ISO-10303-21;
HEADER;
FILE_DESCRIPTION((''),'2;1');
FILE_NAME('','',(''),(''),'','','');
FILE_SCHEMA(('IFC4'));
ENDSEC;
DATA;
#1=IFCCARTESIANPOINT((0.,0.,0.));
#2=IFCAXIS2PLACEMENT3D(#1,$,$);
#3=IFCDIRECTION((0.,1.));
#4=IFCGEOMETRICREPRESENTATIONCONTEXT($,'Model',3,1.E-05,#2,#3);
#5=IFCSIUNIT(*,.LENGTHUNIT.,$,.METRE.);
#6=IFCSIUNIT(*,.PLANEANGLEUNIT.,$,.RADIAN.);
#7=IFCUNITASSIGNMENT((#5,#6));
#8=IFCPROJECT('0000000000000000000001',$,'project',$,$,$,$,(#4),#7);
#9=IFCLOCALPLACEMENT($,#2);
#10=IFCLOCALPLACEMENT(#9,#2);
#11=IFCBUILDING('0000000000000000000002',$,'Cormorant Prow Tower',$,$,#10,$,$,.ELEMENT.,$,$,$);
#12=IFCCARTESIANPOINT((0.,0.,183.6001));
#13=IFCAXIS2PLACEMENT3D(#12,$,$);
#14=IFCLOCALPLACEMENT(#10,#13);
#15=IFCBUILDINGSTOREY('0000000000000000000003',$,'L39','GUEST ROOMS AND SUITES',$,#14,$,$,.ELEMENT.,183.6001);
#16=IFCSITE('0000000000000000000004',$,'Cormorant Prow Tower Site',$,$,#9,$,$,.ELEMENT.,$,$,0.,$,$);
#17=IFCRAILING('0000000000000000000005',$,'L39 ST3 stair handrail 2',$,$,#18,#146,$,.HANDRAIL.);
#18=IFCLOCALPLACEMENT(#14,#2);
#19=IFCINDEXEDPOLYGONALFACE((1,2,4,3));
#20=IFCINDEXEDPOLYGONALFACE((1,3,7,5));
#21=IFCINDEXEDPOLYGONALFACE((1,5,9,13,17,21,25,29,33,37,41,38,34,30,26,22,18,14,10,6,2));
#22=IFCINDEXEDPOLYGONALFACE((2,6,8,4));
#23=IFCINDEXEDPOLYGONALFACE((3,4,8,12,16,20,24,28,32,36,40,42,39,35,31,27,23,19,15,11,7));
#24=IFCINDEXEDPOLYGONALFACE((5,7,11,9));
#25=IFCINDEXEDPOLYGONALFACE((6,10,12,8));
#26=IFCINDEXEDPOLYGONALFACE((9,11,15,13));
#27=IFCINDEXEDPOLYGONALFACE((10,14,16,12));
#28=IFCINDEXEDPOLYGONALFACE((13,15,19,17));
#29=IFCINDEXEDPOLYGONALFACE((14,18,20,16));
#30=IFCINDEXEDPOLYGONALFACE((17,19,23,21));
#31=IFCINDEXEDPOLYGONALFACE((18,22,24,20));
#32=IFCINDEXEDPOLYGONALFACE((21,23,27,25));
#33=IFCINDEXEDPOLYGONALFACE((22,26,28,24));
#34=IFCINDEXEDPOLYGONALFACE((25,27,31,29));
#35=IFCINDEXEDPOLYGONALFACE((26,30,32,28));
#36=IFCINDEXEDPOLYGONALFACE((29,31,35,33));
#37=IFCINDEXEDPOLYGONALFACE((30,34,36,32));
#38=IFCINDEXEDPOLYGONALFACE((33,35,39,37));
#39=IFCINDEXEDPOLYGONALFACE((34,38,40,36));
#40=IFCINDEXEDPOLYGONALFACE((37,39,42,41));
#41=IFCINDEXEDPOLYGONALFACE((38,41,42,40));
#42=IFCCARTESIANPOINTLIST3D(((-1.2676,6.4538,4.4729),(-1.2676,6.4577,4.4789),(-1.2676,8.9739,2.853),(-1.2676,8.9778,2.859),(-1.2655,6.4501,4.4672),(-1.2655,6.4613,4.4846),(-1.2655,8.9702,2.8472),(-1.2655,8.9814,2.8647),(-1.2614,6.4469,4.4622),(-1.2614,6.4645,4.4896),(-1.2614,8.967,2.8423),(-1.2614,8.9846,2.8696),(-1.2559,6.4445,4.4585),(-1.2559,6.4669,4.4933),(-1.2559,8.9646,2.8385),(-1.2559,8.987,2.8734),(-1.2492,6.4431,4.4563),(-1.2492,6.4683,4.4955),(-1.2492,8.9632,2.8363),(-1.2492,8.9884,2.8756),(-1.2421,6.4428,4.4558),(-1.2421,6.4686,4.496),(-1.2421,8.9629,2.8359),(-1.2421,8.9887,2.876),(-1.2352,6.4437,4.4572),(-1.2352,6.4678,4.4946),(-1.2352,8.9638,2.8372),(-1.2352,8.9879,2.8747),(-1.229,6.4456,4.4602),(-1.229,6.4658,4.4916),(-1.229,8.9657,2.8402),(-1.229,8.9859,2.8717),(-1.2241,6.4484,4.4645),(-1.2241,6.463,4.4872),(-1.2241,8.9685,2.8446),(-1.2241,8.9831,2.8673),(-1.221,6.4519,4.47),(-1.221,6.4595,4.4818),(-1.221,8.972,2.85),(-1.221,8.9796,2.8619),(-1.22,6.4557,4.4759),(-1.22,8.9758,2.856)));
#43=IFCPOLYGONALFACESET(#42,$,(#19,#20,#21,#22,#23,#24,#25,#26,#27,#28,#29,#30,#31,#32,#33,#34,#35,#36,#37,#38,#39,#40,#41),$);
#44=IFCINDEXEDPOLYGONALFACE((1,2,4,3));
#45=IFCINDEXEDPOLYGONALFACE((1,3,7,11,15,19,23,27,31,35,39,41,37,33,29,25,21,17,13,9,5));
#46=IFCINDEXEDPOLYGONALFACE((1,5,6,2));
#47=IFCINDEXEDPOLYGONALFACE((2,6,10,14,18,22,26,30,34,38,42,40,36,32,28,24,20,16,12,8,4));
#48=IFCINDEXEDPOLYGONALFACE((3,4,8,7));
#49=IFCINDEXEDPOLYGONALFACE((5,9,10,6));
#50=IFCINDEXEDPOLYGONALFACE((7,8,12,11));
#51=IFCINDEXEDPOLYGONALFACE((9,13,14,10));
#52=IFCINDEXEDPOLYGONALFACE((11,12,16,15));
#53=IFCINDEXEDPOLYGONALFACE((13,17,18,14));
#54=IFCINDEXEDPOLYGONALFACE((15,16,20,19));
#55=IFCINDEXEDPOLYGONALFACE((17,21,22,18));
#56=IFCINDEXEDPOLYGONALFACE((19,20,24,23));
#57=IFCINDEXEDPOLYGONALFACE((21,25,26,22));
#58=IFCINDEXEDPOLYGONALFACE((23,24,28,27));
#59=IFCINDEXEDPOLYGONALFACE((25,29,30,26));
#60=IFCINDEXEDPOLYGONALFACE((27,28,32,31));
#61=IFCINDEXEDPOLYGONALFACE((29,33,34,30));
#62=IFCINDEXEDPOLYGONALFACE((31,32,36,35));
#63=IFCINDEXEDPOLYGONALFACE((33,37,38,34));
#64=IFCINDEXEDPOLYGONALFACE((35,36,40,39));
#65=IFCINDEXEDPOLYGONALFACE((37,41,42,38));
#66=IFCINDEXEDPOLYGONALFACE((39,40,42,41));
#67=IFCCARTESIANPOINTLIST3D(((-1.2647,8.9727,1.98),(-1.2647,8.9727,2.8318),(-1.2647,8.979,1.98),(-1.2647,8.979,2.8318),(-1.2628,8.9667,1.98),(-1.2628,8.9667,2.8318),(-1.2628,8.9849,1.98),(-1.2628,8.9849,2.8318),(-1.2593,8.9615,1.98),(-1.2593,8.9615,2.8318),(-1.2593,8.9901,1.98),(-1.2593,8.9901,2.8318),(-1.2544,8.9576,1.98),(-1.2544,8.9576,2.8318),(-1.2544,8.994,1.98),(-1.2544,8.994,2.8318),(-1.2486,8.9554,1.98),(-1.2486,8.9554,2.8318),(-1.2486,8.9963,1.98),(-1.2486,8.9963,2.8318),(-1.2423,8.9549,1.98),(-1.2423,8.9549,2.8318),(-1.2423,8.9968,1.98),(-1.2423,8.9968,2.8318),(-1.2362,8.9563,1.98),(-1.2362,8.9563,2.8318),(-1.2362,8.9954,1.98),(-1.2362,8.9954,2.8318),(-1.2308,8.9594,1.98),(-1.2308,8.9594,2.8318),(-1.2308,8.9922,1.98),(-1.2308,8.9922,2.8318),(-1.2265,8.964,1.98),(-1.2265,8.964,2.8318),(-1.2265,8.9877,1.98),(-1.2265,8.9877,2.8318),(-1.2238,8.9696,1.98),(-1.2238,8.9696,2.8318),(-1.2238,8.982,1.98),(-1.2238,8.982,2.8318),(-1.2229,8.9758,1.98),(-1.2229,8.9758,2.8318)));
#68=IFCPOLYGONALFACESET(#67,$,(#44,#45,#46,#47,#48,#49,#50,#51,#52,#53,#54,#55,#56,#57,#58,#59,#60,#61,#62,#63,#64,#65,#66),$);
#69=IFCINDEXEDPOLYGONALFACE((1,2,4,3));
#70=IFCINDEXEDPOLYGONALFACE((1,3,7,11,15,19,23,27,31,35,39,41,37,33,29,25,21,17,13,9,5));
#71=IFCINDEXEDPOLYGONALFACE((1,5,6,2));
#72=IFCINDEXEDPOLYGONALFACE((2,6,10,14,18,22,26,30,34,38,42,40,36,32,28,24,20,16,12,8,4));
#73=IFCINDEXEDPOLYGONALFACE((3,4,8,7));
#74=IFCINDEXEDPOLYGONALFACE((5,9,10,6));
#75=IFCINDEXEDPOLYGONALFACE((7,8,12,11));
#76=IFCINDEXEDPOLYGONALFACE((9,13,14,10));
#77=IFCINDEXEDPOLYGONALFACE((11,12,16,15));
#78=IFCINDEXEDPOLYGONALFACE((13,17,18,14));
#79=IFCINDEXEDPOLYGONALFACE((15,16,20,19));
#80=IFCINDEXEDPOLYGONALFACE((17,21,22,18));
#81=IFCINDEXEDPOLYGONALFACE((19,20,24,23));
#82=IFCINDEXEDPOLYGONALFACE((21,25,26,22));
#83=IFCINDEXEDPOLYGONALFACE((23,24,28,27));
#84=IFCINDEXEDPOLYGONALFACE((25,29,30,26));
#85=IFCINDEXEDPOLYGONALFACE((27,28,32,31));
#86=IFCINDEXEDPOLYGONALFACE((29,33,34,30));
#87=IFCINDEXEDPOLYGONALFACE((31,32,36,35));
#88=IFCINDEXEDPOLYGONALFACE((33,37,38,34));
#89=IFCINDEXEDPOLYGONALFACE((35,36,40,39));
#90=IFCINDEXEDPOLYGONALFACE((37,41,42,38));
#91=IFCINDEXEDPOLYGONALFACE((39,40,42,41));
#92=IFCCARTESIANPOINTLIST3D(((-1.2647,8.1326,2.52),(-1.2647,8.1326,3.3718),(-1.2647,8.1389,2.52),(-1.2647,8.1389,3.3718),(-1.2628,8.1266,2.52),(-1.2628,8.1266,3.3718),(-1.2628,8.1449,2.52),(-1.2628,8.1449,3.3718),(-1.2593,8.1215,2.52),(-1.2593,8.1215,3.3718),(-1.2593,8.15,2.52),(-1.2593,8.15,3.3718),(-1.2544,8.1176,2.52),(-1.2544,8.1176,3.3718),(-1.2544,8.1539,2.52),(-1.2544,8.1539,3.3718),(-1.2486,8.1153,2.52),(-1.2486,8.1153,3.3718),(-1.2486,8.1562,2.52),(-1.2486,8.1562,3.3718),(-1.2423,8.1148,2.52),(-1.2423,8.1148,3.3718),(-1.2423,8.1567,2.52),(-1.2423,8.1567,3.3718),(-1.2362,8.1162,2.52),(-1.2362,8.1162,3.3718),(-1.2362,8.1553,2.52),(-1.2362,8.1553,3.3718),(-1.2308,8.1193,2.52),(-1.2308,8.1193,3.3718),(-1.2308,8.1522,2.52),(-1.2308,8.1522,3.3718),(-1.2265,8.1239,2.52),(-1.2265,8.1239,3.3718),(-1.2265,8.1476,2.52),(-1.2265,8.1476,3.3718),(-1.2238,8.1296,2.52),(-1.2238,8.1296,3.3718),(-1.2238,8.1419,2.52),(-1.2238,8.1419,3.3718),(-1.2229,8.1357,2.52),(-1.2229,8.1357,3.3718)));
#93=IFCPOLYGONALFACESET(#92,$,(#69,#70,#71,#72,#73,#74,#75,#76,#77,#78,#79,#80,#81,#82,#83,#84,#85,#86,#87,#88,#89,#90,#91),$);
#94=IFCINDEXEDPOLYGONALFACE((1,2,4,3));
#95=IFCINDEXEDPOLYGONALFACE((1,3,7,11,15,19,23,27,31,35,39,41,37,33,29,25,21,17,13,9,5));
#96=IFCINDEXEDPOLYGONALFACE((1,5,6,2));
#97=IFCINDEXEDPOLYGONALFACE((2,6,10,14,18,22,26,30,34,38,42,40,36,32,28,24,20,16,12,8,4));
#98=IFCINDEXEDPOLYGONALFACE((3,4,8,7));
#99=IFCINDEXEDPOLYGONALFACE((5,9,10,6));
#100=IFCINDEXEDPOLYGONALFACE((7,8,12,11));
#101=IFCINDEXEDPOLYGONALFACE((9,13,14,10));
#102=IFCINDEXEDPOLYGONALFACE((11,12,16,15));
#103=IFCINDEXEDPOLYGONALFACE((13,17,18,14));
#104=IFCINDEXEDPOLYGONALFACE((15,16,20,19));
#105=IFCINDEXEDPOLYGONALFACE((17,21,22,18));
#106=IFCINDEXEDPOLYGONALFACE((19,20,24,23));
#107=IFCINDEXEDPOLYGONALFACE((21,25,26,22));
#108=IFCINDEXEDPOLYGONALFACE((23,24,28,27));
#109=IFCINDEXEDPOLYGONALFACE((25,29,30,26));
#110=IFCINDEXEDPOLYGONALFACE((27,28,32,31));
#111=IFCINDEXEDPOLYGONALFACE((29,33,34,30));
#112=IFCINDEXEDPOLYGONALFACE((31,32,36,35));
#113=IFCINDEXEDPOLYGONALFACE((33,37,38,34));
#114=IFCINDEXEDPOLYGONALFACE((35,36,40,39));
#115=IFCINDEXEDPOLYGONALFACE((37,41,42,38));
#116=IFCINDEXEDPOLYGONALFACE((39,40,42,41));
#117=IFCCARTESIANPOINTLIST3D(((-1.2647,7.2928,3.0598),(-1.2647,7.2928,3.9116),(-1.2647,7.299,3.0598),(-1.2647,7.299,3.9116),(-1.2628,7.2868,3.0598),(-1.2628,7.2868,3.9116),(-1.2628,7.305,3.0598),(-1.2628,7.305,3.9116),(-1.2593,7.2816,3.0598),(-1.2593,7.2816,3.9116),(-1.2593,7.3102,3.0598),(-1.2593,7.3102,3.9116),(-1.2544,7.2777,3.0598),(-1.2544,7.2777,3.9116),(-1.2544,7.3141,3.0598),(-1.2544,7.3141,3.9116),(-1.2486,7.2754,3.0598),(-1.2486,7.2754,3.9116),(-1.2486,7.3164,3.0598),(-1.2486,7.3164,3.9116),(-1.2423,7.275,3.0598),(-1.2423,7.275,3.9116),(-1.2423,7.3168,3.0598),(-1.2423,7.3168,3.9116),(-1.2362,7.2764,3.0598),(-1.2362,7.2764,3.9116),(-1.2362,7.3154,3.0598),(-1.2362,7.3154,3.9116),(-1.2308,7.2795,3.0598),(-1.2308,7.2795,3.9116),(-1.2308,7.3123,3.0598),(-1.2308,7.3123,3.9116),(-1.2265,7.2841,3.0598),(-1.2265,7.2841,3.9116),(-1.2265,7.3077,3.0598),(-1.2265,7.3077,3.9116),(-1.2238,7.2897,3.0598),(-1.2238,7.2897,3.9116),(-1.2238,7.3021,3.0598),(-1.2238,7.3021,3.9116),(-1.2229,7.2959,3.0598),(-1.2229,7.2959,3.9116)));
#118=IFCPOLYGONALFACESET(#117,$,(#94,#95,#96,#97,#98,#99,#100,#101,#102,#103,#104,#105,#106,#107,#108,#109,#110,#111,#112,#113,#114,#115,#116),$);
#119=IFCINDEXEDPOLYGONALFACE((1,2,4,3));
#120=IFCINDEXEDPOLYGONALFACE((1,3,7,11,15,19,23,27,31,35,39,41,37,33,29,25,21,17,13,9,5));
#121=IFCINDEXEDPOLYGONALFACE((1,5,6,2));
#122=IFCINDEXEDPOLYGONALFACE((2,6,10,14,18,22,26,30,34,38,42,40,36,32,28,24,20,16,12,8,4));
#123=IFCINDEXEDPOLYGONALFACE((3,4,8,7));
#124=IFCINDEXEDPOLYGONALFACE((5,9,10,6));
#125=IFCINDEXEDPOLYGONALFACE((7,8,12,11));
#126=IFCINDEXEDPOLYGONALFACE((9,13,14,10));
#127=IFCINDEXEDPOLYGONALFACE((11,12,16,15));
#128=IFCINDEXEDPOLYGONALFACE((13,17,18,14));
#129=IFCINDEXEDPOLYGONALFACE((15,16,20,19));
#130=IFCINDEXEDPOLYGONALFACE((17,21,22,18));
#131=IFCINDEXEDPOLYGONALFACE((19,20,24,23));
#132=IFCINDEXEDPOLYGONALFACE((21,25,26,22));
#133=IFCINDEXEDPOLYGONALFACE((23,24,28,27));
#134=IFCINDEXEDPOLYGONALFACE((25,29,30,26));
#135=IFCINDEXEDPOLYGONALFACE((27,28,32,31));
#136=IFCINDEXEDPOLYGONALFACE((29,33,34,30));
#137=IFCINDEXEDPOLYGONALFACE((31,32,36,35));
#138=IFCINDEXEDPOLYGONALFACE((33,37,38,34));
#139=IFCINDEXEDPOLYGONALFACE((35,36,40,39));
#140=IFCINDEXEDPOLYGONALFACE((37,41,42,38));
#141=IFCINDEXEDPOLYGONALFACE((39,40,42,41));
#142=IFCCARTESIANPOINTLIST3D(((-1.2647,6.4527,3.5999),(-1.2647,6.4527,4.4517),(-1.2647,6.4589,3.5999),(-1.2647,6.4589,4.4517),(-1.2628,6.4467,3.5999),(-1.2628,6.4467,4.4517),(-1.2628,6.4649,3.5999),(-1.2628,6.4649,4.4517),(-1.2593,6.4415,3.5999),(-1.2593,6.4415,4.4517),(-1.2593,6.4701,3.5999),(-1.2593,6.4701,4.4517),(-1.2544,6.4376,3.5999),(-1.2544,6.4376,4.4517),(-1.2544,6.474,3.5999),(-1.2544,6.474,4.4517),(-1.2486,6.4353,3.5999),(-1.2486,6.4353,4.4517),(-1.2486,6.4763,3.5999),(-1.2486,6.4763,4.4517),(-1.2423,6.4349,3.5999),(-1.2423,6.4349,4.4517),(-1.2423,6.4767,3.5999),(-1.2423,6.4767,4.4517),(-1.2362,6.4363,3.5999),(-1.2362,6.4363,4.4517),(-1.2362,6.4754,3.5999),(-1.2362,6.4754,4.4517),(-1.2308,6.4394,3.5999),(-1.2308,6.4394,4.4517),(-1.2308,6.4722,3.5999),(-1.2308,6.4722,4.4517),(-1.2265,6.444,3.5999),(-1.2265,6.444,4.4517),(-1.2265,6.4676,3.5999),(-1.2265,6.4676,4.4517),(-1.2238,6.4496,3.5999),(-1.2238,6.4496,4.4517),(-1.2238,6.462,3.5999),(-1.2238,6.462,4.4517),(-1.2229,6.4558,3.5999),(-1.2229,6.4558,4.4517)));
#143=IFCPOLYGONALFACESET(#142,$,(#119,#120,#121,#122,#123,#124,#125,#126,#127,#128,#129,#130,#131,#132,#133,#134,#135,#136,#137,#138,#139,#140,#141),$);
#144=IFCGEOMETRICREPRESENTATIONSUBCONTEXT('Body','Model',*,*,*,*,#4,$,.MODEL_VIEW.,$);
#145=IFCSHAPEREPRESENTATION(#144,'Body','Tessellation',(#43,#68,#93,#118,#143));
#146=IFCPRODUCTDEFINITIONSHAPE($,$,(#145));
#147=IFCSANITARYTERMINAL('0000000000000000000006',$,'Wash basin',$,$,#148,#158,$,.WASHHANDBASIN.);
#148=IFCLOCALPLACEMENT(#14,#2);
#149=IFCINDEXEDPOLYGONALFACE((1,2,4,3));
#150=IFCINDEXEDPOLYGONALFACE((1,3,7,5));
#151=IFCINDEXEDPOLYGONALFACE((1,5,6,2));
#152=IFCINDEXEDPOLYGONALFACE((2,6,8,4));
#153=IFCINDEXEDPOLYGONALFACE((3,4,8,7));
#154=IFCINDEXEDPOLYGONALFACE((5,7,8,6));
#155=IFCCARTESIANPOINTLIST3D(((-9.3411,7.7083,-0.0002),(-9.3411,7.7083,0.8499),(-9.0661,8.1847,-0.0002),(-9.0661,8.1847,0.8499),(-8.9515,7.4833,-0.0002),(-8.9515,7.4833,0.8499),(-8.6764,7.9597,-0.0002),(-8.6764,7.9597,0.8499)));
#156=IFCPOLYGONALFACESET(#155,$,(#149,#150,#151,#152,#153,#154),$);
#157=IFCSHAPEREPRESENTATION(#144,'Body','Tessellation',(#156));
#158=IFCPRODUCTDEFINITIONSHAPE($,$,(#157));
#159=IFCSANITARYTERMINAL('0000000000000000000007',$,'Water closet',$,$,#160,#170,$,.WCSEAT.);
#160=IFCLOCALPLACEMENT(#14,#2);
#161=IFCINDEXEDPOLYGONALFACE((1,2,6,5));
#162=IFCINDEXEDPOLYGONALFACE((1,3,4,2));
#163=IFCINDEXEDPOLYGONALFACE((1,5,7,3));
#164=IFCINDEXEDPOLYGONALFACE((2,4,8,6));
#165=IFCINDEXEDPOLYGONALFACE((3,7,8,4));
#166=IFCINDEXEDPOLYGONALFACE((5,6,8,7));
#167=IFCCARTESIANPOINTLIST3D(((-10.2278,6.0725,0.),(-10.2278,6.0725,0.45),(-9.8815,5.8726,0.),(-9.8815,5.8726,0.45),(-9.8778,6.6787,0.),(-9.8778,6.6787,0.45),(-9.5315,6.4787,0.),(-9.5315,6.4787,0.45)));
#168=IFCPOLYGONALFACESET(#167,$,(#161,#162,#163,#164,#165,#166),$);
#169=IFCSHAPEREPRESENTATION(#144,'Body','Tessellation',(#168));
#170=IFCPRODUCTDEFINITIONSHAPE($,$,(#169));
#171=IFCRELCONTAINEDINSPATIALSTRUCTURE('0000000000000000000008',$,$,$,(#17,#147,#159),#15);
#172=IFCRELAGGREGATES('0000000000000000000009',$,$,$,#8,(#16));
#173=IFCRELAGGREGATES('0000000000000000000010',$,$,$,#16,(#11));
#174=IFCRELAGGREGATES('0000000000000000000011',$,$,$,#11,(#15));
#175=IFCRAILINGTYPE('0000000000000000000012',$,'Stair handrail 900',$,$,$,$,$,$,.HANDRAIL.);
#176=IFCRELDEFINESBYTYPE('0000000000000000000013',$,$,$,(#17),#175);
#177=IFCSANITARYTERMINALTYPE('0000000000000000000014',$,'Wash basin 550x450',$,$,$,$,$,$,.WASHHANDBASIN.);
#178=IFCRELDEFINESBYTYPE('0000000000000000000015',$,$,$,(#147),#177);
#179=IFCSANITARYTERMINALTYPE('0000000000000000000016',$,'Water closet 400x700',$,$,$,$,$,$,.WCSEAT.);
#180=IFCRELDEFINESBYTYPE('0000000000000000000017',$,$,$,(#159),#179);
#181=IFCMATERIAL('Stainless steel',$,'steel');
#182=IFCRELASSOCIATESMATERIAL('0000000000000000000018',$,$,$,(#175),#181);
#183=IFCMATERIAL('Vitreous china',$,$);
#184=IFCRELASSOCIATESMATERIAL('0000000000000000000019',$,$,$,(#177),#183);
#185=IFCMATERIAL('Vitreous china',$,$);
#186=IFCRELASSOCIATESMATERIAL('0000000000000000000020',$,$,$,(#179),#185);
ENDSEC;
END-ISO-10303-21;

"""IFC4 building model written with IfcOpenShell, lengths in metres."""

from ifc_helpers import new_model, si_unit, direction, frame, origin, origin_2d, place, context, subcontext, project, spatial, rectangle, circle, extrude, material, type_object, element, save


model = new_model("IFC4")

# Units and contexts
model_context = context("Model", 3, precision=1e-05, world=origin(), true_north=direction((0.0, 1.0)))
body_context = subcontext(model_context, "Body", "Model", "MODEL_VIEW")
ifc_project = project(units=[si_unit("LENGTHUNIT", "METRE"), si_unit("PLANEANGLEUNIT", "RADIAN")], contexts=[model_context])

# Site, building, storey
site_placement = place(None, origin())
site = spatial("IfcSite", under=ifc_project, at=site_placement, Name="Cormorant Prow Tower Site", CompositionType="ELEMENT", RefElevation=0.0)
building_placement = place(site_placement, origin())
building = spatial("IfcBuilding", under=site, at=building_placement, Name="Cormorant Prow Tower", CompositionType="ELEMENT")
storey_placement = place(building_placement, frame((0.0, 0.0, 183.6001)))
storey = spatial("IfcBuildingStorey", under=building, at=storey_placement, Name="L39", Description="GUEST ROOMS AND SUITES", CompositionType="ELEMENT", Elevation=183.6001)

# Railing
ifc_material_1 = material(Name="Stainless steel", Category="steel")
railing_type = type_object("IfcRailingType", Name="Stair handrail 900", PredefinedType="HANDRAIL", material=ifc_material_1)
railing_placement = place(storey_placement, frame((-1.2439, 8.9758, 1.98)))
element("IfcRailing", 1, at=railing_placement, inside=storey, type_object=railing_type, Name="L39 ST3 stair handrail 2", PredefinedType="HANDRAIL", context=body_context, shape_type="SweptSolid", body=[
    extrude(circle(Radius=0.0239, at=origin_2d()), frame((0.0, 0.0, 0.876), z_axis=(0.0, -0.8412, 0.540725), x_axis=(1.0, 0.0, 0.0)), (0.0, 0.0, 1.0), 2.9958),
    extrude(circle(Radius=0.021, at=origin_2d()), origin(), (0.0, 0.0, 1.0), 0.8518),
    extrude(circle(Radius=0.021, at=origin_2d()), frame((0.0, -0.8401, 0.54)), (0.0, 0.0, 1.0), 0.8518),
    extrude(circle(Radius=0.021, at=origin_2d()), frame((0.0, -1.6799, 1.0798)), (0.0, 0.0, 1.0), 0.8518),
    extrude(circle(Radius=0.021, at=origin_2d()), frame((0.0, -2.52, 1.6199)), (0.0, 0.0, 1.0), 0.8518),
])

# Sanitary terminals
ifc_material_2 = material(Name="Vitreous china")
sanitary_terminal_type_1 = type_object("IfcSanitaryTerminalType", Name="Wash basin 550x450", PredefinedType="WASHHANDBASIN", material=ifc_material_2)
sanitary_terminal_1_placement = place(storey_placement, frame((-9.0088, 7.834, -0.0002), z_axis=(0.0, 0.0, 1.0), x_axis=(-0.5, -0.866025, 0.0)))
element("IfcSanitaryTerminal", 2, at=sanitary_terminal_1_placement, inside=storey, type_object=sanitary_terminal_type_1, Name="Wash basin", PredefinedType="WASHHANDBASIN", context=body_context, shape_type="SweptSolid", body=[
    extrude(rectangle(XDim=0.55, YDim=0.45, at=origin_2d()), origin(), (0.0, 0.0, 1.0), 0.8501),
])
ifc_material_3 = material(Name="Vitreous china")
sanitary_terminal_type_2 = type_object("IfcSanitaryTerminalType", Name="Water closet 400x700", PredefinedType="WCSEAT", material=ifc_material_3)
sanitary_terminal_2_placement = place(storey_placement, frame((-9.8796, 6.2756, 0.0), z_axis=(0.0, 0.0, 1.0), x_axis=(-0.866025, 0.5, 0.0)))
element("IfcSanitaryTerminal", 3, at=sanitary_terminal_2_placement, inside=storey, type_object=sanitary_terminal_type_2, Name="Water closet", PredefinedType="WCSEAT", context=body_context, shape_type="SweptSolid", body=[
    extrude(rectangle(XDim=0.3999, YDim=0.7, at=origin_2d()), origin(), (0.0, 0.0, 1.0), 0.45),
])

save(model, "model.ifc")
